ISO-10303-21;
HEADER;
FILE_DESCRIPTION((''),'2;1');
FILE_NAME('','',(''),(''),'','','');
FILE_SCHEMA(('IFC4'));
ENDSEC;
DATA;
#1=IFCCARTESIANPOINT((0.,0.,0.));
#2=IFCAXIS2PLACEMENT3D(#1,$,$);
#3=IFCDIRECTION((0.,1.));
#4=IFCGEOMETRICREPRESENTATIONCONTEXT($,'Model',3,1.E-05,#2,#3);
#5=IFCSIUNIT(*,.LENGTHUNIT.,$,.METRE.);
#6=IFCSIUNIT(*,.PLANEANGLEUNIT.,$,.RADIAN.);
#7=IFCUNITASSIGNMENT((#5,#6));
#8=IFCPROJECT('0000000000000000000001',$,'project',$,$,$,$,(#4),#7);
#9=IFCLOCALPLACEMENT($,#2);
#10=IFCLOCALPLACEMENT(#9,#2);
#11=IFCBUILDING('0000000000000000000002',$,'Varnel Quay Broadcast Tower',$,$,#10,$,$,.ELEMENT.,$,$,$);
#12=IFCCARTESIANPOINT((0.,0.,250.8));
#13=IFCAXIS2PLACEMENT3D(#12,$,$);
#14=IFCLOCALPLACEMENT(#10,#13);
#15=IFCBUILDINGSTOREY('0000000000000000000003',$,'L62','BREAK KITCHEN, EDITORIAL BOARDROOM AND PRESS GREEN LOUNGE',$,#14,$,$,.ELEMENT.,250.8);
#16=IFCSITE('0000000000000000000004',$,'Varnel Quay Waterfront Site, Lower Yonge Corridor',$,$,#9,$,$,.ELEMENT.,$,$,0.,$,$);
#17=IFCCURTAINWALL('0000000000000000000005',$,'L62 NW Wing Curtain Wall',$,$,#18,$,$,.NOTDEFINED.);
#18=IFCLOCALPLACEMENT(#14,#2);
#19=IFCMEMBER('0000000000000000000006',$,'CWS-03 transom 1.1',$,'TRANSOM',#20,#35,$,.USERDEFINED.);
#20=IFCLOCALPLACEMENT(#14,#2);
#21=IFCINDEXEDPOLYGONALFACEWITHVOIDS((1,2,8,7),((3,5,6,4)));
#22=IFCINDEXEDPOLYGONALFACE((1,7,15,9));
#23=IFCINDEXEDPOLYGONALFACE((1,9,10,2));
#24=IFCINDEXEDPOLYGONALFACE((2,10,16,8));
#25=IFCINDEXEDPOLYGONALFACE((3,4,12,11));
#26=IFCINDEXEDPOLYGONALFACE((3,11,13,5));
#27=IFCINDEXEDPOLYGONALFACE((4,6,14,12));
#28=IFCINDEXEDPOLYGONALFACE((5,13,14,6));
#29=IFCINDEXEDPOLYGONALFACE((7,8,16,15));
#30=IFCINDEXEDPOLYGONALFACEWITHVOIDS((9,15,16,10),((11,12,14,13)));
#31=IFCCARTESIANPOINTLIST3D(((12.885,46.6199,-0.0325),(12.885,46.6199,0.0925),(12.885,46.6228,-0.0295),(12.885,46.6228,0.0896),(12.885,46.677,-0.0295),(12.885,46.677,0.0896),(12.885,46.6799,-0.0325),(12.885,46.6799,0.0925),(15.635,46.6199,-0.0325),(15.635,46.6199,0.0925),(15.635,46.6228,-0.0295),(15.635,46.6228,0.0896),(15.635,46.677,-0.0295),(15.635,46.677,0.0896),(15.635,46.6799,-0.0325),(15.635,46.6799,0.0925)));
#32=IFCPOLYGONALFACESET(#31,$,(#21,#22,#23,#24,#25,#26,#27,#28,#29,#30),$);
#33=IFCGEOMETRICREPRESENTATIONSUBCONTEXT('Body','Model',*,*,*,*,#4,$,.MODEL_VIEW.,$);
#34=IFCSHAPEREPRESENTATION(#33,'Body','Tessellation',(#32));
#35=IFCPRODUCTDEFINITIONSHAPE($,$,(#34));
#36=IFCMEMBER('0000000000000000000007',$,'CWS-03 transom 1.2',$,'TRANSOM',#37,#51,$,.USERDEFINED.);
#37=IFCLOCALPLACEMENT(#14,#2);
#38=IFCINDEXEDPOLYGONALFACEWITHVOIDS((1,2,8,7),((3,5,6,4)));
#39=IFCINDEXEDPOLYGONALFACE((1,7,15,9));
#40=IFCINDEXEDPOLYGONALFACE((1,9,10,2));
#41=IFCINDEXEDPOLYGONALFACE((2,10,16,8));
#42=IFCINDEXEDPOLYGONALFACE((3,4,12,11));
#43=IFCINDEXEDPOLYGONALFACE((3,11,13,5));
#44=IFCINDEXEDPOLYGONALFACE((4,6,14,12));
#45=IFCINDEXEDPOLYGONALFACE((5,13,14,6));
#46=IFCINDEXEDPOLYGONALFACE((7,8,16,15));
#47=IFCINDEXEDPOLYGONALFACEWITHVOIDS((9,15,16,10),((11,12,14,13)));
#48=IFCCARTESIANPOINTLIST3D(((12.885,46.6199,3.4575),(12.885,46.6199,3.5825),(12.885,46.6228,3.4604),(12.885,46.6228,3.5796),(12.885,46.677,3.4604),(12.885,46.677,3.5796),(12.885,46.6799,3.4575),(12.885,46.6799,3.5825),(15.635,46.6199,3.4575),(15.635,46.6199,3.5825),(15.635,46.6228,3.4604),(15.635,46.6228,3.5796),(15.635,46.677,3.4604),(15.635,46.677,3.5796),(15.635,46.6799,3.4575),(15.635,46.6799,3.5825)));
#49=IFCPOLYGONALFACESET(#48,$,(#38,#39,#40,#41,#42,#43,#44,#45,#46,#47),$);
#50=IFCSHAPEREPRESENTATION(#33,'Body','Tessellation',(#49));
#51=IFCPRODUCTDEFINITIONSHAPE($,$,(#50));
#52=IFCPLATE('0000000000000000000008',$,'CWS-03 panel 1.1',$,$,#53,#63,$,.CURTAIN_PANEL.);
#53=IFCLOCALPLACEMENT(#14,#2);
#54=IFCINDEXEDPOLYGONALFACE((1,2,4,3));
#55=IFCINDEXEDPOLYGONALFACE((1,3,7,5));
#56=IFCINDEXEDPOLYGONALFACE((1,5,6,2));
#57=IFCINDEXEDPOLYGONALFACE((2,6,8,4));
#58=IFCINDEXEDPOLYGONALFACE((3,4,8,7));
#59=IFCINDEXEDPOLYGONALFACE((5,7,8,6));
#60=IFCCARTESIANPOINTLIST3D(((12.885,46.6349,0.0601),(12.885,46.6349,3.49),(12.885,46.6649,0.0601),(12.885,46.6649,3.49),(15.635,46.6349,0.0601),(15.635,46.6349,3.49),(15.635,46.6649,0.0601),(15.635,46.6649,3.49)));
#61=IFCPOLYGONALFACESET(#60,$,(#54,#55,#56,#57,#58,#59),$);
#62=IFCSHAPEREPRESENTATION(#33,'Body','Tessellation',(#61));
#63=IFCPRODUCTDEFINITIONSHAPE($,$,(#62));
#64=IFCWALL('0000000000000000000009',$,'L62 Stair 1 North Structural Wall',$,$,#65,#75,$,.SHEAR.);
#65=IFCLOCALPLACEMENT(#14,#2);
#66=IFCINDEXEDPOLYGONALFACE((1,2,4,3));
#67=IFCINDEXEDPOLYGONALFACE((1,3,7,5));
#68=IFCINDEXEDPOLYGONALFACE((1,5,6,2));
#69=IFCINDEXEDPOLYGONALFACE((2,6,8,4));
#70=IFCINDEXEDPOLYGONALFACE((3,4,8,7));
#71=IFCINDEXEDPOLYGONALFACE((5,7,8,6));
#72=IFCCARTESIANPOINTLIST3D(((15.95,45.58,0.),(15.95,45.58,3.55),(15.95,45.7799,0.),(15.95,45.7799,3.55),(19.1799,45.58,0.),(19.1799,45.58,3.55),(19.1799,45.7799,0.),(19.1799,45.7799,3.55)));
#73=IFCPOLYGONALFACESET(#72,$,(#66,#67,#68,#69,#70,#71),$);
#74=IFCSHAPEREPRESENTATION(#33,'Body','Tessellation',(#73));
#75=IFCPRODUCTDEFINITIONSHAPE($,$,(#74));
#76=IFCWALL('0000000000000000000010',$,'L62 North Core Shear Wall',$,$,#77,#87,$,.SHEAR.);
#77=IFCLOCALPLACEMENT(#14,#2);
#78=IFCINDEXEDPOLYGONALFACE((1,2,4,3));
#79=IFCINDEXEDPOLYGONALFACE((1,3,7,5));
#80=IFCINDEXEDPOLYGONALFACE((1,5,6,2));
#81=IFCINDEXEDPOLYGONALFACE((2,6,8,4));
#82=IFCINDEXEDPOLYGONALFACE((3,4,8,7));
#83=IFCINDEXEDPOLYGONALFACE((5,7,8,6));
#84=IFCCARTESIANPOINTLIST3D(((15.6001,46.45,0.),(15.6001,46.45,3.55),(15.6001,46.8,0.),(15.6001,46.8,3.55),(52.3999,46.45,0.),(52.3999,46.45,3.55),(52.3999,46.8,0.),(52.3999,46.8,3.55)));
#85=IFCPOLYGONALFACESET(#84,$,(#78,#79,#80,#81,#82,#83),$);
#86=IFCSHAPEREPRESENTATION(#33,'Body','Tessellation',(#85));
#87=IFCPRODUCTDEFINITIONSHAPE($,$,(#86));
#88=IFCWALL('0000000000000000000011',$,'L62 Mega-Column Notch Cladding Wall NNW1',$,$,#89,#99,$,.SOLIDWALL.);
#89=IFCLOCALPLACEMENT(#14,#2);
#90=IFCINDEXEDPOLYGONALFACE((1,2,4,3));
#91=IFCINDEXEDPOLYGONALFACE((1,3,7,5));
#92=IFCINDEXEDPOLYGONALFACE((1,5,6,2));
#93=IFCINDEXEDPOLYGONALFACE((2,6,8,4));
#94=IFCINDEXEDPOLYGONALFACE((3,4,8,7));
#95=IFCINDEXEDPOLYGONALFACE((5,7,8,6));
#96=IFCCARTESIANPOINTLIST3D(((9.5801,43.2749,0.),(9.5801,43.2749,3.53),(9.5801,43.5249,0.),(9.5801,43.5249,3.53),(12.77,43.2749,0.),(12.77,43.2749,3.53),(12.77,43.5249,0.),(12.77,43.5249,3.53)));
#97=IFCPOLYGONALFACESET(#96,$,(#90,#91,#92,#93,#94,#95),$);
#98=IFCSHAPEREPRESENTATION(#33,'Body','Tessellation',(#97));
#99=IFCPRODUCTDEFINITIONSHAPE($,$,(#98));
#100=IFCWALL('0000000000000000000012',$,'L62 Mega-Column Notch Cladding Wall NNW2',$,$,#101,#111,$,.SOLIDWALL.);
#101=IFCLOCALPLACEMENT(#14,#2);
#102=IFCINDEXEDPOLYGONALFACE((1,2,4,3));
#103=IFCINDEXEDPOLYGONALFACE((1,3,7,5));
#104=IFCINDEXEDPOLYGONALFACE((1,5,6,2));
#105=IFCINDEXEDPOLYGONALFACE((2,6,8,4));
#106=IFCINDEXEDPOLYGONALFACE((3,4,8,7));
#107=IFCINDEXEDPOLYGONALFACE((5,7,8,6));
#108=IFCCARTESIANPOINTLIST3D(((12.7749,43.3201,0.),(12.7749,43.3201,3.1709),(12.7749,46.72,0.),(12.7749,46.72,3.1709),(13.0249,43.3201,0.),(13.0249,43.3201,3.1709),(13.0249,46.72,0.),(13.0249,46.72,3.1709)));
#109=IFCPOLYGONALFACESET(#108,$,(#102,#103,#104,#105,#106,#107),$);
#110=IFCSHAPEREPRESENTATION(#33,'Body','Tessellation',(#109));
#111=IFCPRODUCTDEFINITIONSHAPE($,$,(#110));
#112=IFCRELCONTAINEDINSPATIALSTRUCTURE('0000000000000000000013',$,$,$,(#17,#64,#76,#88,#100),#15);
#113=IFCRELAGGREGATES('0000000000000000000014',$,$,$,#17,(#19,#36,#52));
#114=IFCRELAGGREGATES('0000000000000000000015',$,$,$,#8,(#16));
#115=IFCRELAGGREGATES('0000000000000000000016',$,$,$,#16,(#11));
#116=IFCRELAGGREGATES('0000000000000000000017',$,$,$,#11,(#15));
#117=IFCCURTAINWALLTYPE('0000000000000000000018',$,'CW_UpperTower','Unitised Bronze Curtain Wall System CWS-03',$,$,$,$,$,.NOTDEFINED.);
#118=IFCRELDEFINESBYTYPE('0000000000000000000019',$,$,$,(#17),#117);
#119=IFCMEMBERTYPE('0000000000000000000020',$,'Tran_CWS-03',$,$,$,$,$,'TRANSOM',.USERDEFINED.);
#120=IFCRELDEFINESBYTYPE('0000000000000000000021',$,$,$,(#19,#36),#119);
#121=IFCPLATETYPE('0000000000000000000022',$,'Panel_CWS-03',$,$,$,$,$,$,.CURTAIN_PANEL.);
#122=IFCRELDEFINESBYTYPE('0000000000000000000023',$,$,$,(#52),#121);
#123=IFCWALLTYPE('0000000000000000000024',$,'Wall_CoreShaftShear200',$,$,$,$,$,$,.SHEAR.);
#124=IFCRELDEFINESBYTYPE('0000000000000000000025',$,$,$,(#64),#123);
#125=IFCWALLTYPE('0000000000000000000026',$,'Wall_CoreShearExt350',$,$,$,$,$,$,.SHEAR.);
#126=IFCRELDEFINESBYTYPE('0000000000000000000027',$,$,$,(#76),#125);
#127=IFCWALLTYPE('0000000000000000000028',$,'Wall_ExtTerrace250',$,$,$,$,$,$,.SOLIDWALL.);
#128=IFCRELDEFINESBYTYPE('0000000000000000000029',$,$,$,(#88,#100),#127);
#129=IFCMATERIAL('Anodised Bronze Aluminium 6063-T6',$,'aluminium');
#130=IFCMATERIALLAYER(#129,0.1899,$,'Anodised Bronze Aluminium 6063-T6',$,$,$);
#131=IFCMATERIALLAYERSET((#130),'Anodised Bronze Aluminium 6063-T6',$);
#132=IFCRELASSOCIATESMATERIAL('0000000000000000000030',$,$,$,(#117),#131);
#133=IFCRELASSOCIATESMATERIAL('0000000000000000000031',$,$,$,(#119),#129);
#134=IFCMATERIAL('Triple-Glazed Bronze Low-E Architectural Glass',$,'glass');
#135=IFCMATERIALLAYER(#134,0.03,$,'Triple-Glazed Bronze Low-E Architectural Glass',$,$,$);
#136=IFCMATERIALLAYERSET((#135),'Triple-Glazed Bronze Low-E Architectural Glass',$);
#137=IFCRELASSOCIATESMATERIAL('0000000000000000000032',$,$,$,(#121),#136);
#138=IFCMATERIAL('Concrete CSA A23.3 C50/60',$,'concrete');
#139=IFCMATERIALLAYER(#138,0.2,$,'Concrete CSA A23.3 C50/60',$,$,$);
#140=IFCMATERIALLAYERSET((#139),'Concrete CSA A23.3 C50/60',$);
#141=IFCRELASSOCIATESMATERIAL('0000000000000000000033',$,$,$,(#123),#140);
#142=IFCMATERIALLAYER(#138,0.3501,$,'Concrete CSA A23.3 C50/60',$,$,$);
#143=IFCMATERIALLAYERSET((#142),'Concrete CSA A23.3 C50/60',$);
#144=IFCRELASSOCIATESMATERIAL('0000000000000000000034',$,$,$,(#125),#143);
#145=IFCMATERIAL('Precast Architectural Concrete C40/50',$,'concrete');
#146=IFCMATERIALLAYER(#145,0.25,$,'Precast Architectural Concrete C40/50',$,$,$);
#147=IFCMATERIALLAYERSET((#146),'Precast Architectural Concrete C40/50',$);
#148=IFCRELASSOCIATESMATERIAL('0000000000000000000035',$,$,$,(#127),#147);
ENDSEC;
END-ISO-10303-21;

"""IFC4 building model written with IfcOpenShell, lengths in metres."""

from ifc_helpers import new_model, si_unit, direction, frame, frame_2d, origin, origin_2d, place, context, subcontext, project, spatial, rectangle, hollow_rectangle, extrude, source, transform, mapped, material, layer, layer_set, material_profile, profile_set, type_object, type_shapes, element, aggregate, save


model = new_model("IFC4")

# Units and contexts
model_context = context("Model", 3, precision=1e-05, world=origin(), true_north=direction((0.0, 1.0)))
body_context = subcontext(model_context, "Body", "Model", "MODEL_VIEW")
ifc_project = project(units=[si_unit("LENGTHUNIT", "METRE"), si_unit("PLANEANGLEUNIT", "RADIAN")], contexts=[model_context])

# Site, building, storey
site_placement = place(None, origin())
site = spatial("IfcSite", under=ifc_project, at=site_placement, Name="Varnel Quay Waterfront Site, Lower Yonge Corridor", CompositionType="ELEMENT", RefElevation=0.0)
building_placement = place(site_placement, origin())
building = spatial("IfcBuilding", under=site, at=building_placement, Name="Varnel Quay Broadcast Tower", CompositionType="ELEMENT")
storey_placement = place(building_placement, frame((0.0, 0.0, 250.8)))
storey = spatial("IfcBuildingStorey", under=building, at=storey_placement, Name="L62", Description="BREAK KITCHEN, EDITORIAL BOARDROOM AND PRESS GREEN LOUNGE", CompositionType="ELEMENT", Elevation=250.8)

# Shared definitions
ifc_material_1 = material(Name="Anodised Bronze Aluminium 6063-T6", Category="aluminium")
ifc_layer_1 = layer(ifc_material_1, 0.1899, Name="Anodised Bronze Aluminium 6063-T6")
ifc_layer_set_1 = layer_set([ifc_layer_1], Name="Anodised Bronze Aluminium 6063-T6")
curtain_wall_type = type_object("IfcCurtainWallType", Name="CW_UpperTower", Description="Unitised Bronze Curtain Wall System CWS-03", PredefinedType="NOTDEFINED", material=ifc_layer_set_1)

# Curtain wall, members, plate
curtain_wall_1_placement = place(storey_placement, origin())
curtain_wall_1 = element("IfcCurtainWall", 1, at=curtain_wall_1_placement, inside=storey, type_object=curtain_wall_type, Name="L62 NW Wing Curtain Wall", PredefinedType="NOTDEFINED")
ifc_material_profile_1 = material_profile(ifc_material_1, hollow_rectangle(XDim=0.0601, YDim=0.125, WallThickness=0.0029, at=origin_2d()), Name="ALU60X125X3")
ifc_profile_set_1 = profile_set([ifc_material_profile_1], Name="Anodised Bronze Aluminium 6063-T6")
member_type_1 = type_object("IfcMemberType", Name="Tran_CWS-03", ElementType="TRANSOM", PredefinedType="USERDEFINED", material=ifc_profile_set_1)
shared_shape_1 = source(origin(), body_context, "Body", "SweptSolid", [
    extrude(hollow_rectangle(XDim=0.0601, YDim=0.125, WallThickness=0.0029, at=origin_2d()), origin(), (0.0, 0.0, 1.0), 2.75),
])
type_shapes(member_type_1, [shared_shape_1])
member_1_placement = place(storey_placement, frame((12.885, 46.6499, 0.03), z_axis=(1.0, 0.0, 0.0), x_axis=(0.0, 1.0, 0.0)))
member_1 = element("IfcMember", 2, at=member_1_placement, type_object=member_type_1, Name="CWS-03 transom 1.1", ObjectType="TRANSOM", PredefinedType="USERDEFINED", context=body_context, shape_type="MappedRepresentation", body=[
    mapped(shared_shape_1, transform((0.0, 0.0, 0.0), x_axis=(1.0, 0.0, 0.0), y_axis=(0.0, 1.0, 0.0), z_axis=(0.0, 0.0, 1.0), scale=1.0)),
])
member_2_placement = place(storey_placement, frame((12.885, 46.6499, 3.52), z_axis=(1.0, 0.0, 0.0), x_axis=(0.0, 1.0, 0.0)))
member_2 = element("IfcMember", 3, at=member_2_placement, type_object=member_type_1, Name="CWS-03 transom 1.2", ObjectType="TRANSOM", PredefinedType="USERDEFINED", context=body_context, shape_type="MappedRepresentation", body=[
    mapped(shared_shape_1, transform((0.0, 0.0, 0.0), x_axis=(1.0, 0.0, 0.0), y_axis=(0.0, 1.0, 0.0), z_axis=(0.0, 0.0, 1.0), scale=1.0)),
])
ifc_material_2 = material(Name="Triple-Glazed Bronze Low-E Architectural Glass", Category="glass")
ifc_layer_2 = layer(ifc_material_2, 0.03, Name="Triple-Glazed Bronze Low-E Architectural Glass")
ifc_layer_set_2 = layer_set([ifc_layer_2], Name="Triple-Glazed Bronze Low-E Architectural Glass")
plate_type = type_object("IfcPlateType", Name="Panel_CWS-03", PredefinedType="CURTAIN_PANEL", material=ifc_layer_set_2)
shared_shape_2 = source(origin(), body_context, "Body", "SweptSolid", [
    extrude(rectangle(XDim=2.75, YDim=0.03, at=origin_2d()), origin(), (0.0, 0.0, 1.0), 3.4299),
])
type_shapes(plate_type, [shared_shape_2])
plate_placement = place(storey_placement, frame((14.26, 46.6499, 0.0601), z_axis=(0.0, 0.0, 1.0), x_axis=(1.0, 0.0, 0.0)))
plate = element("IfcPlate", 4, at=plate_placement, type_object=plate_type, Name="CWS-03 panel 1.1", PredefinedType="CURTAIN_PANEL", context=body_context, shape_type="MappedRepresentation", body=[
    mapped(shared_shape_2, transform((0.0, 0.0, 0.0), x_axis=(1.0, 0.0, 0.0), y_axis=(0.0, 1.0, 0.0), z_axis=(0.0, 0.0, 1.0), scale=1.0)),
])
aggregate(curtain_wall_1, [member_1, member_2, plate])

# Walls
ifc_material_3 = material(Name="Concrete CSA A23.3 C50/60", Category="concrete")
ifc_layer_3 = layer(ifc_material_3, 0.2, Name="Concrete CSA A23.3 C50/60")
ifc_layer_set_3 = layer_set([ifc_layer_3], Name="Concrete CSA A23.3 C50/60")
wall_type_1 = type_object("IfcWallType", Name="Wall_CoreShaftShear200", PredefinedType="SHEAR", material=ifc_layer_set_3)
wall_1_placement = place(storey_placement, frame((15.95, 45.6799, 0.0), z_axis=(0.0, 0.0, 1.0), x_axis=(1.0, 0.0, 0.0)))
element("IfcWall", 5, at=wall_1_placement, inside=storey, type_object=wall_type_1, Name="L62 Stair 1 North Structural Wall", PredefinedType="SHEAR", context=body_context, shape_type="SweptSolid", body=[
    extrude(rectangle(XDim=3.23, YDim=0.2, at=frame_2d((1.615, 0.0))), origin(), (0.0, 0.0, 1.0), 3.55),
])
ifc_layer_4 = layer(ifc_material_3, 0.3501, Name="Concrete CSA A23.3 C50/60")
ifc_layer_set_4 = layer_set([ifc_layer_4], Name="Concrete CSA A23.3 C50/60")
wall_type_2 = type_object("IfcWallType", Name="Wall_CoreShearExt350", PredefinedType="SHEAR", material=ifc_layer_set_4)
wall_2_placement = place(storey_placement, frame((15.6001, 46.625, 0.0), z_axis=(0.0, 0.0, 1.0), x_axis=(1.0, 0.0, 0.0)))
element("IfcWall", 6, at=wall_2_placement, inside=storey, type_object=wall_type_2, Name="L62 North Core Shear Wall", PredefinedType="SHEAR", context=body_context, shape_type="SweptSolid", body=[
    extrude(rectangle(XDim=36.7998, YDim=0.3501, at=frame_2d((18.3999, 0.0))), origin(), (0.0, 0.0, 1.0), 3.55),
])
ifc_material_4 = material(Name="Precast Architectural Concrete C40/50", Category="concrete")
ifc_layer_5 = layer(ifc_material_4, 0.25, Name="Precast Architectural Concrete C40/50")
ifc_layer_set_5 = layer_set([ifc_layer_5], Name="Precast Architectural Concrete C40/50")
wall_type_3 = type_object("IfcWallType", Name="Wall_ExtTerrace250", PredefinedType="SOLIDWALL", material=ifc_layer_set_5)
wall_3_placement = place(storey_placement, frame((9.5801, 43.3999, 0.0), z_axis=(0.0, 0.0, 1.0), x_axis=(1.0, 0.0, 0.0)))
element("IfcWall", 7, at=wall_3_placement, inside=storey, type_object=wall_type_3, Name="L62 Mega-Column Notch Cladding Wall NNW1", PredefinedType="SOLIDWALL", context=body_context, shape_type="SweptSolid", body=[
    extrude(rectangle(XDim=3.1899, YDim=0.25, at=frame_2d((1.595, 0.0))), origin(), (0.0, 0.0, 1.0), 3.53),
])
wall_4_placement = place(storey_placement, frame((12.8999, 43.3201, 0.0), z_axis=(0.0, 0.0, 1.0), x_axis=(0.0, 1.0, 0.0)))
element("IfcWall", 8, at=wall_4_placement, inside=storey, type_object=wall_type_3, Name="L62 Mega-Column Notch Cladding Wall NNW2", PredefinedType="SOLIDWALL", context=body_context, shape_type="SweptSolid", body=[
    extrude(rectangle(XDim=3.3999, YDim=0.25, at=frame_2d((1.7, 0.0))), origin(), (0.0, 0.0, 1.0), 3.1709),
])

save(model, "model.ifc")
